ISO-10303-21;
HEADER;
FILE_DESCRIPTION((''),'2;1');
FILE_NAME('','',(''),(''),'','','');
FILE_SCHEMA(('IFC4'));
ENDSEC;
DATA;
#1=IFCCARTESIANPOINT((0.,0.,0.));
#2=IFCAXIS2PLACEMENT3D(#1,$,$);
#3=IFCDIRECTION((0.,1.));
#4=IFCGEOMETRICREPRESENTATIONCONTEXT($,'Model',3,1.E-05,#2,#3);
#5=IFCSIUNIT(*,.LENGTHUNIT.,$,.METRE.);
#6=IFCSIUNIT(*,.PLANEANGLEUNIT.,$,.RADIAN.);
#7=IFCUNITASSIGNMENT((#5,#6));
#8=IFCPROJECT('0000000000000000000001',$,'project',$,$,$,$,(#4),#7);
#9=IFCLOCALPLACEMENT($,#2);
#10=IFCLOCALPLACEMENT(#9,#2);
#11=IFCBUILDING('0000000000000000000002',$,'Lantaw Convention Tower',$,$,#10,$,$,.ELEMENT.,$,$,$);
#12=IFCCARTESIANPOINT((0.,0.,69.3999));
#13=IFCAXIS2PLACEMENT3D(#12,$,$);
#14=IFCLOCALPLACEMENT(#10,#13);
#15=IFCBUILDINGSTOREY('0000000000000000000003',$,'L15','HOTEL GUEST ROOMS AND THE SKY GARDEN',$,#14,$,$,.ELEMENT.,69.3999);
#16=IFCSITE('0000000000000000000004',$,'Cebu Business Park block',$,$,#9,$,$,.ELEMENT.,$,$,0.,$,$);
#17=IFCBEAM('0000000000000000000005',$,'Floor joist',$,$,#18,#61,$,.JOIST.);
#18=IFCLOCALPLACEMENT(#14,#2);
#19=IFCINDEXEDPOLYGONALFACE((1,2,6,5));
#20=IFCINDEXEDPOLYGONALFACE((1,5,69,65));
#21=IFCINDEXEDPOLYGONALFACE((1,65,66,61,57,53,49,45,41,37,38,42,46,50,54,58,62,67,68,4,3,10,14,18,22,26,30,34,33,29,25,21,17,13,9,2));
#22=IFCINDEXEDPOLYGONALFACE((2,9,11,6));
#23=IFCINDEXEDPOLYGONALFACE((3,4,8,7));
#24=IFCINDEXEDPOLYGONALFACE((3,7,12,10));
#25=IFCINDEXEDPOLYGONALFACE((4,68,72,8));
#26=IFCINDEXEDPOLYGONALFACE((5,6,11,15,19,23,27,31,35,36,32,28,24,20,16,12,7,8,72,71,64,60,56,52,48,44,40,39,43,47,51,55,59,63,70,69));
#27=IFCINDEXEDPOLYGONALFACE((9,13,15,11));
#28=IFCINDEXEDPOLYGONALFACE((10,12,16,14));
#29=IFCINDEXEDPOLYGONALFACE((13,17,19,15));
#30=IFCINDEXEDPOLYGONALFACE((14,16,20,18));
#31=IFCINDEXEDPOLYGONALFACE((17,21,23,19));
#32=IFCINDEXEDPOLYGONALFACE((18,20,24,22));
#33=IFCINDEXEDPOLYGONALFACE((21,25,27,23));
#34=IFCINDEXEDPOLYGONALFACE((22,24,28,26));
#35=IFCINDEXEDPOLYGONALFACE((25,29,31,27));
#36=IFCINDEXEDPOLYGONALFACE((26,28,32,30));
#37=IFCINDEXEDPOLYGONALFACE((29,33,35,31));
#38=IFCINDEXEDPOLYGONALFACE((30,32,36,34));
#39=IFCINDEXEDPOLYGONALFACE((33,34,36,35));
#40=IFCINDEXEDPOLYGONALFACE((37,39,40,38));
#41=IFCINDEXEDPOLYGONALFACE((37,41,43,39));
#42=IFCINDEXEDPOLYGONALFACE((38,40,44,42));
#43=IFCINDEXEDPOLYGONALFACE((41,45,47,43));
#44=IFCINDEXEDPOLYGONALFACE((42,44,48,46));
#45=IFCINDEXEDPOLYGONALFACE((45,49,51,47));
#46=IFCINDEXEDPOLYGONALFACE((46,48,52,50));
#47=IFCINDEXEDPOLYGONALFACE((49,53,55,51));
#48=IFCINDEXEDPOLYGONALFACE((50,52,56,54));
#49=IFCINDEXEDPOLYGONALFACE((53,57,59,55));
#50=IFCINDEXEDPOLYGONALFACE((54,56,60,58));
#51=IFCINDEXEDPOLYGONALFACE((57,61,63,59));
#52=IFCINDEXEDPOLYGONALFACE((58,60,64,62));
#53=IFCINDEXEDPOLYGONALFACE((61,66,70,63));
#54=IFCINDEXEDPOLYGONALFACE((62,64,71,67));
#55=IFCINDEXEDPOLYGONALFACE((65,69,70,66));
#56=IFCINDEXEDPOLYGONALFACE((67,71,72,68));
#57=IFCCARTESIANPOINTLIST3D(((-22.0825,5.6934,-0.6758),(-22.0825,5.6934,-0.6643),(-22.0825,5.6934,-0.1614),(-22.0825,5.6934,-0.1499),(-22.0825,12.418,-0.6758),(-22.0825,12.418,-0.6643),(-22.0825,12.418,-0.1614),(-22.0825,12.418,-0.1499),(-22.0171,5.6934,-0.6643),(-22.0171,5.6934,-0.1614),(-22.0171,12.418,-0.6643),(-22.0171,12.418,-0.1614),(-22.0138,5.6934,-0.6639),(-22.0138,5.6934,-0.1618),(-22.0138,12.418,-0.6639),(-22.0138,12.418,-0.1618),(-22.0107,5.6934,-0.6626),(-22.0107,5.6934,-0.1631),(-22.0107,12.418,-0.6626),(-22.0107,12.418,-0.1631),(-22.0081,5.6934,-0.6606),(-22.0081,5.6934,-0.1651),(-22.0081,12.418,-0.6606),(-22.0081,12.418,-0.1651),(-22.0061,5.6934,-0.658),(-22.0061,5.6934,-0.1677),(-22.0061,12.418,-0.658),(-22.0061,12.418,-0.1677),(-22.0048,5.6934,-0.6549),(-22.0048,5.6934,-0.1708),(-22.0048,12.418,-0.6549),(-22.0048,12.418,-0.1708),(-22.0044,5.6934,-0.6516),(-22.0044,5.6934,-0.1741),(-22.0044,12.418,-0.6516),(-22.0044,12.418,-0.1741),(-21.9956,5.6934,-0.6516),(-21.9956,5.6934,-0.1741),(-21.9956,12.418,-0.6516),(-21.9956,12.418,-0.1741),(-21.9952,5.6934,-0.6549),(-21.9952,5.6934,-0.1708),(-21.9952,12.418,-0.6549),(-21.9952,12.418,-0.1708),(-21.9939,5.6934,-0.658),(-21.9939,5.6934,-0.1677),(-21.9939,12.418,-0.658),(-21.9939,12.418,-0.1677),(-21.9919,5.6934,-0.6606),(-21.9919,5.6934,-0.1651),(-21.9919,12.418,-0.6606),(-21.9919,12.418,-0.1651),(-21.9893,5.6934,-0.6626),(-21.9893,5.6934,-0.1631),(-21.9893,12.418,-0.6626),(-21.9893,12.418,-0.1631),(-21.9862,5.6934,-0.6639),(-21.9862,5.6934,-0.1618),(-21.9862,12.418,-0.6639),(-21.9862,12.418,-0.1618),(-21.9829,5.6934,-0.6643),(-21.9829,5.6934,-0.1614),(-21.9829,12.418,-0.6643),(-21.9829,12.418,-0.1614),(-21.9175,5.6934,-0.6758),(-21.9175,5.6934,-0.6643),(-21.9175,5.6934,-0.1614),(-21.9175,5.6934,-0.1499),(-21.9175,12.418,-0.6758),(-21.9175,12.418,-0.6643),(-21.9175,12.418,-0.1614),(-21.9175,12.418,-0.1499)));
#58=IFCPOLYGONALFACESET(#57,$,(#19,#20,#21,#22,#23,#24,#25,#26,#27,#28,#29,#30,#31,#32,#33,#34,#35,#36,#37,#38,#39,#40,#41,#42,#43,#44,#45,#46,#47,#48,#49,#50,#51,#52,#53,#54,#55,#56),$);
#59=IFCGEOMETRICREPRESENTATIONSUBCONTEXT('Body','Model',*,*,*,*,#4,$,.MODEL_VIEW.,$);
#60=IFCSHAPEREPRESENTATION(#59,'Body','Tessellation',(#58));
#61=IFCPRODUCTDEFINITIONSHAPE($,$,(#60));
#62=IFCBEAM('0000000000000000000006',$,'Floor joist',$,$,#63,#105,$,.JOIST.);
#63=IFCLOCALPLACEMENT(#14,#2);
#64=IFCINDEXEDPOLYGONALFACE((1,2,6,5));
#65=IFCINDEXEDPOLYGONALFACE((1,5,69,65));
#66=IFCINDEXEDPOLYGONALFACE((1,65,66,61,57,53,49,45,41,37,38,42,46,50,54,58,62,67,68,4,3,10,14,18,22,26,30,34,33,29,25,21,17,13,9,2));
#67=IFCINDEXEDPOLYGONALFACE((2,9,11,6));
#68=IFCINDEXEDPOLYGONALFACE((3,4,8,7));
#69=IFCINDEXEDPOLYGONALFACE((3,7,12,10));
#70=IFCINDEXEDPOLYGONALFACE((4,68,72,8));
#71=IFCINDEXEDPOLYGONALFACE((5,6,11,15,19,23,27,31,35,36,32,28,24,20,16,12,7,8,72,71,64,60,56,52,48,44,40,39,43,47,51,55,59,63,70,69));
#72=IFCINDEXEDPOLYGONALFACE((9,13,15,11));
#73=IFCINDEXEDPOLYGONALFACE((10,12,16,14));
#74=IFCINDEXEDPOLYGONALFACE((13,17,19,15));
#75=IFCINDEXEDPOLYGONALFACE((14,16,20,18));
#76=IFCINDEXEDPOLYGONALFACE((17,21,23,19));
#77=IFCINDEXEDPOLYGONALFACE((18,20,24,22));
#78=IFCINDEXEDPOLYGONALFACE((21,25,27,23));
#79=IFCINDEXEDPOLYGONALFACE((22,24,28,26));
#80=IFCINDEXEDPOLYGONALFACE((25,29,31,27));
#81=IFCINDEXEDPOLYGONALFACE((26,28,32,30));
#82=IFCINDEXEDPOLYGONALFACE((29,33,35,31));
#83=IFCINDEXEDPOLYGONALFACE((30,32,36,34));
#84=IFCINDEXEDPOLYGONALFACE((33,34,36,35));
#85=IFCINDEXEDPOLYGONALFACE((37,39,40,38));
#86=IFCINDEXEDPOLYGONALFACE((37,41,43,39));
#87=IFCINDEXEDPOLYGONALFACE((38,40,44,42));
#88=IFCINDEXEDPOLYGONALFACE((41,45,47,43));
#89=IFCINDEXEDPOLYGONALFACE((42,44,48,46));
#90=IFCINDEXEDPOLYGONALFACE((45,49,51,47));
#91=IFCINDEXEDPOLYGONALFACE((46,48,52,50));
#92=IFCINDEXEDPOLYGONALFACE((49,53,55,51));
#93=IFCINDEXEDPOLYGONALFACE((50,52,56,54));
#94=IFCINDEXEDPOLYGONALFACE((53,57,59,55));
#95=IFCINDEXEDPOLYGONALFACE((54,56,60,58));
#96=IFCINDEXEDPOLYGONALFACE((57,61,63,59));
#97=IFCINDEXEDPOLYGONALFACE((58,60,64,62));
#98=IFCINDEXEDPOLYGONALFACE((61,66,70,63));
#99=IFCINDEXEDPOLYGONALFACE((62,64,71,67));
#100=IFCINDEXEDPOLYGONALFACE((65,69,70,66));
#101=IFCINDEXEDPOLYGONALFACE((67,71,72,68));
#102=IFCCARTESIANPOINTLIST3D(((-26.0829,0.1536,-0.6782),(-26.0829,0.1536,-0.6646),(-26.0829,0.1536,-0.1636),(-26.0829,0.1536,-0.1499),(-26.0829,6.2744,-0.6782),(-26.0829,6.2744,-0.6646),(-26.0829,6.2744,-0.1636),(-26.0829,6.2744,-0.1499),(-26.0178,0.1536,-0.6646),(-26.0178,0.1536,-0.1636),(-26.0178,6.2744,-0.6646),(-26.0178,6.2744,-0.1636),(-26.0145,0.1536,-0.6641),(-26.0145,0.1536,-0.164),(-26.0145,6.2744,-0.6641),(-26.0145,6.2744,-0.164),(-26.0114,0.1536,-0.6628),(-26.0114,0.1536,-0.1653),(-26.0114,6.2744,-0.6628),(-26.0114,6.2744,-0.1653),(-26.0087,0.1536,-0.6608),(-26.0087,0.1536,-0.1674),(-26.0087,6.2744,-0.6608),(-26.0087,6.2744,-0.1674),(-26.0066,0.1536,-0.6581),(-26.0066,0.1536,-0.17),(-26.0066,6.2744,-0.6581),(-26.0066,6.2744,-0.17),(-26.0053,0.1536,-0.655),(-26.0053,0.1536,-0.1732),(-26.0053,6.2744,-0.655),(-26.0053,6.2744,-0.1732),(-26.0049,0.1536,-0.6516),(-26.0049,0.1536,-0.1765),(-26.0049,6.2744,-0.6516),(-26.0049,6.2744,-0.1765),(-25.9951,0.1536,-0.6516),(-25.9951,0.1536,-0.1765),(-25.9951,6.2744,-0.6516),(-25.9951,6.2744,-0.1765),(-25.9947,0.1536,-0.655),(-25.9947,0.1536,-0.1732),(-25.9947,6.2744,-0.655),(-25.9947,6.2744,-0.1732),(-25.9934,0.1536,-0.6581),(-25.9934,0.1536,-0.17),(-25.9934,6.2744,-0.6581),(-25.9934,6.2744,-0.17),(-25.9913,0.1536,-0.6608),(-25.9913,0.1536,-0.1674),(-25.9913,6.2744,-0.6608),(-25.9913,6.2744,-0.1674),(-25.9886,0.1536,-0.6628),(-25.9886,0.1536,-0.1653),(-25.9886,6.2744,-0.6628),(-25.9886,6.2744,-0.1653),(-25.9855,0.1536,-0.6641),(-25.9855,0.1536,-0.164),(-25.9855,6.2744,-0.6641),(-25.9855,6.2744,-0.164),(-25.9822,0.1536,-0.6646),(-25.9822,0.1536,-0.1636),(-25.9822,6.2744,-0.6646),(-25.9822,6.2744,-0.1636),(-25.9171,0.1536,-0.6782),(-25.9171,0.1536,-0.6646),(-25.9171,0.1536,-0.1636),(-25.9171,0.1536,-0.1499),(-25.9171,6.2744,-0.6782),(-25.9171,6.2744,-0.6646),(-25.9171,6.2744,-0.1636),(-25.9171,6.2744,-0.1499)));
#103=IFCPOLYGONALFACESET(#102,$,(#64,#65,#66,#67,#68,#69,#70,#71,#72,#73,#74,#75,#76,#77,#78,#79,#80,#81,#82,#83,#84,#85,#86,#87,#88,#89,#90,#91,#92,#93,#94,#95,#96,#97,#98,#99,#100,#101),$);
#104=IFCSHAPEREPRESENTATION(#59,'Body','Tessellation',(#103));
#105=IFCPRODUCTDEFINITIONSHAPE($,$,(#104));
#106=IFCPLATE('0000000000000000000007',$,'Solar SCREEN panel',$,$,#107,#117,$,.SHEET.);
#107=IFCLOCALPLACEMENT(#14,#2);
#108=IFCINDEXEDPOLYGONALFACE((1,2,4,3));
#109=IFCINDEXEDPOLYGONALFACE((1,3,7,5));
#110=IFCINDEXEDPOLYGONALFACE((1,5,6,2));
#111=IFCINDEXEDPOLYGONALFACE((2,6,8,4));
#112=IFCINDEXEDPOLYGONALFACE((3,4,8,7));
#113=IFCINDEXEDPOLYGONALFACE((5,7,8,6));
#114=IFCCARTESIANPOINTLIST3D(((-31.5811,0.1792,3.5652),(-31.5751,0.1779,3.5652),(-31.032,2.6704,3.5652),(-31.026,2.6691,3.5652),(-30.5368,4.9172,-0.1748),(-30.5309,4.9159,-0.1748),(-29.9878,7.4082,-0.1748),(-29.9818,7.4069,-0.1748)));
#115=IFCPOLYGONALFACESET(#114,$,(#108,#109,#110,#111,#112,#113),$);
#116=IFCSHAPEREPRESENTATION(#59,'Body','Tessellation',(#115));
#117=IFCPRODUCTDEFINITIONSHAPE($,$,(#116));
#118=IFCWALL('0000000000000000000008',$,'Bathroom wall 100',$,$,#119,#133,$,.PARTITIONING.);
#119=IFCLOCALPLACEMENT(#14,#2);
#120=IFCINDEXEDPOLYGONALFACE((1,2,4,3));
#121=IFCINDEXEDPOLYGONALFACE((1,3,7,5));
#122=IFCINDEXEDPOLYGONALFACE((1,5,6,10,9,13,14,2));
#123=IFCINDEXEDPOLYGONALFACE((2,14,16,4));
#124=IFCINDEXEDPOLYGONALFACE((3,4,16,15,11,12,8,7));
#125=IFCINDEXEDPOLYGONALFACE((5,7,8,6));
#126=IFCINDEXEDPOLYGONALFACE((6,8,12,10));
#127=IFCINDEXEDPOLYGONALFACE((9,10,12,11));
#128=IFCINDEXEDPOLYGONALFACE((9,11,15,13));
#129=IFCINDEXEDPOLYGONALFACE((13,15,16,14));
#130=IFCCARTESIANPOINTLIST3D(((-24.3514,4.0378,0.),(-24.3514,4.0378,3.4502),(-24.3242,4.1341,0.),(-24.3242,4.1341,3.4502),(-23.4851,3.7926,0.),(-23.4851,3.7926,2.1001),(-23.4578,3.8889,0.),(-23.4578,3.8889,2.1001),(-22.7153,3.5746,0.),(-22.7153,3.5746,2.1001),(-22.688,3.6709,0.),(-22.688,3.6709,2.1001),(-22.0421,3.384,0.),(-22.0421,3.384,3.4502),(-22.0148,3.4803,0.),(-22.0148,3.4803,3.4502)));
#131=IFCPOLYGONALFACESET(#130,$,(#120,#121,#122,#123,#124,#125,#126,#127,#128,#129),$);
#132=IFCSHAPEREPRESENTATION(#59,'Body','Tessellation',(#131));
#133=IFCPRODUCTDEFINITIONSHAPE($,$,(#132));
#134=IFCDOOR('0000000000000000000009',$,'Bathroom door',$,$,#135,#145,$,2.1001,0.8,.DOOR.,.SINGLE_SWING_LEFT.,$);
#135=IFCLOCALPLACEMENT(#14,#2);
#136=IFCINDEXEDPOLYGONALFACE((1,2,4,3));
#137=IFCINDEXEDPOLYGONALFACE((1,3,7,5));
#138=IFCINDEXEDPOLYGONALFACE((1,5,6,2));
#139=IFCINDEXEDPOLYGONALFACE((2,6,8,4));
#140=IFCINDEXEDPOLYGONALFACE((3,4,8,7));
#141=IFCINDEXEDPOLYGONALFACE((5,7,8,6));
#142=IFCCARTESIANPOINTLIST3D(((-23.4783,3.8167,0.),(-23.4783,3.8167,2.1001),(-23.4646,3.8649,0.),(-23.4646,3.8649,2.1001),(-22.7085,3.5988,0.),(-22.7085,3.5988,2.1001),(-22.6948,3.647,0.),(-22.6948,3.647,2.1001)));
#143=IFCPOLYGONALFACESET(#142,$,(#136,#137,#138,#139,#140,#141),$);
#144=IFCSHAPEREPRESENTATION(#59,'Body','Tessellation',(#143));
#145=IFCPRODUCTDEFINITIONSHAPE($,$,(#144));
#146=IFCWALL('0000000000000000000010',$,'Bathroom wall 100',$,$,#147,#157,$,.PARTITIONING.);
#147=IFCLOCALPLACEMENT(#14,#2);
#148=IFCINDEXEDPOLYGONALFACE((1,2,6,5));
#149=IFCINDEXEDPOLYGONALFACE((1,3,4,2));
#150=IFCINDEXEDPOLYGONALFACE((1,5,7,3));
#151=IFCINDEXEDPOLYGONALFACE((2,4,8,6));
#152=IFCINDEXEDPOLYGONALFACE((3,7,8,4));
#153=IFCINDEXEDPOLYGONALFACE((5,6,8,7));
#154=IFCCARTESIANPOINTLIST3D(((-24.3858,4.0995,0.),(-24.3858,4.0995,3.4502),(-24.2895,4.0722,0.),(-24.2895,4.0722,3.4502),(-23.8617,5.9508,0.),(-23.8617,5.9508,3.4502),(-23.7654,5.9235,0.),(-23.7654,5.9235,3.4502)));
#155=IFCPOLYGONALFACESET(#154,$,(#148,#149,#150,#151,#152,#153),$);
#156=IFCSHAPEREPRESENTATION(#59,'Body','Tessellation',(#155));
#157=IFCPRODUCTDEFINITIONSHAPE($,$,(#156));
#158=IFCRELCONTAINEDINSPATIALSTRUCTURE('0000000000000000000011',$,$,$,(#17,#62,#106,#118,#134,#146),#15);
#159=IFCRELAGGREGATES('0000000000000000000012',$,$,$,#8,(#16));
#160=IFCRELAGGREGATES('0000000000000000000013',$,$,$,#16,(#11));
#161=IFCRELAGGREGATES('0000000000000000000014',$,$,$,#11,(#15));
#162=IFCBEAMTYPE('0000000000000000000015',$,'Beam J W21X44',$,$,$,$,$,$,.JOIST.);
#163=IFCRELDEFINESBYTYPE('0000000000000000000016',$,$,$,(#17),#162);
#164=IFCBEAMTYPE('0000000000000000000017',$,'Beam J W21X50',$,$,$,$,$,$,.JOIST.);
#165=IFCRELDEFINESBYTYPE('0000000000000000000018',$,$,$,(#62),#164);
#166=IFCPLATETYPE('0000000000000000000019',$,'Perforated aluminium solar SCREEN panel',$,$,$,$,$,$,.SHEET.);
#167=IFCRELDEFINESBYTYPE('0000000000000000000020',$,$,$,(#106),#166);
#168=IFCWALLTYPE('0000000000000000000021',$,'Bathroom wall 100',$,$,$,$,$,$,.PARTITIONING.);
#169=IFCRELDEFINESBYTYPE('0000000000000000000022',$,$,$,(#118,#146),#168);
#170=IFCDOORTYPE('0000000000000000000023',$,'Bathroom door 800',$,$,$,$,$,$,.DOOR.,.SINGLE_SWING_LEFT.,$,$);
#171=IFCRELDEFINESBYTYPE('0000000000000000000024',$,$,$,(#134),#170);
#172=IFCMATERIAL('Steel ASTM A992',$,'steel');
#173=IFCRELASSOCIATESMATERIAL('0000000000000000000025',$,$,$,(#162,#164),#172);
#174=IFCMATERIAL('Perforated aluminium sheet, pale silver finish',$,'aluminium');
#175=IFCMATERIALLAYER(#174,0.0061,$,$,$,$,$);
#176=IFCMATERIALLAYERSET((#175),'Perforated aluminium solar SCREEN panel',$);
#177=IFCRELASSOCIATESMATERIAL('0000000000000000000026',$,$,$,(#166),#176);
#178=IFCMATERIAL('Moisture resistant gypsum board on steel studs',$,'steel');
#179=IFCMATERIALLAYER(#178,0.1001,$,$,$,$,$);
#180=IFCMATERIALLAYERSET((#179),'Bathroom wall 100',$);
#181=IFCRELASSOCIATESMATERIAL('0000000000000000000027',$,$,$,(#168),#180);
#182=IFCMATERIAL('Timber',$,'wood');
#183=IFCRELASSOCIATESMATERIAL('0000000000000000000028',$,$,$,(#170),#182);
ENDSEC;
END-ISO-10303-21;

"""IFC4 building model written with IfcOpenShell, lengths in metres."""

from ifc_helpers import new_model, si_unit, direction, frame, frame_2d, origin, origin_2d, place, context, subcontext, project, spatial, polyline, rectangle, i_section, outline, extrude, material, layer, layer_set, material_profile, profile_set, type_object, element, fill, save


model = new_model("IFC4")

# Units and contexts
model_context = context("Model", 3, precision=1e-05, world=origin(), true_north=direction((0.0, 1.0)))
body_context = subcontext(model_context, "Body", "Model", "MODEL_VIEW")
ifc_project = project(units=[si_unit("LENGTHUNIT", "METRE"), si_unit("PLANEANGLEUNIT", "RADIAN")], contexts=[model_context])

# Site, building, storey
site_placement = place(None, origin())
site = spatial("IfcSite", under=ifc_project, at=site_placement, Name="Cebu Business Park block", CompositionType="ELEMENT", RefElevation=0.0)
building_placement = place(site_placement, origin())
building = spatial("IfcBuilding", under=site, at=building_placement, Name="Lantaw Convention Tower", CompositionType="ELEMENT")
storey_placement = place(building_placement, frame((0.0, 0.0, 69.3999)))
storey = spatial("IfcBuildingStorey", under=building, at=storey_placement, Name="L15", Description="HOTEL GUEST ROOMS AND THE SKY GARDEN", CompositionType="ELEMENT", Elevation=69.3999)

# Beams
ifc_material_1 = material(Name="Steel ASTM A992", Category="steel")
ifc_material_profile_1 = material_profile(ifc_material_1, i_section(OverallWidth=0.165, OverallDepth=0.5259, WebThickness=0.0088, FlangeThickness=0.0115, FilletRadius=0.0127, at=origin_2d()), Name="W21X44")
ifc_profile_set_1 = profile_set([ifc_material_profile_1], Name="Steel ASTM A992")
beam_type_1 = type_object("IfcBeamType", Name="Beam J W21X44", PredefinedType="JOIST", material=ifc_profile_set_1)
beam_1_placement = place(storey_placement, frame((-22.0, 5.6934, -0.4128), z_axis=(0.0, 1.0, 0.0), x_axis=(-1.0, 0.0, 0.0)))
element("IfcBeam", 1, at=beam_1_placement, inside=storey, type_object=beam_type_1, Name="Floor joist", PredefinedType="JOIST", context=body_context, shape_type="SweptSolid", body=[
    extrude(i_section(OverallWidth=0.165, OverallDepth=0.5259, WebThickness=0.0088, FlangeThickness=0.0115, FilletRadius=0.0127, at=origin_2d()), origin(), (0.0, 0.0, 1.0), 6.7246),
])
ifc_material_profile_2 = material_profile(ifc_material_1, i_section(OverallWidth=0.1658, OverallDepth=0.5283, WebThickness=0.0098, FlangeThickness=0.0137, FilletRadius=0.0129, at=origin_2d()), Name="W21X50")
ifc_profile_set_2 = profile_set([ifc_material_profile_2], Name="Steel ASTM A992")
beam_type_2 = type_object("IfcBeamType", Name="Beam J W21X50", PredefinedType="JOIST", material=ifc_profile_set_2)
beam_2_placement = place(storey_placement, frame((-26.0, 0.1536, -0.4141), z_axis=(0.0, 1.0, 0.0), x_axis=(-1.0, 0.0, 0.0)))
element("IfcBeam", 2, at=beam_2_placement, inside=storey, type_object=beam_type_2, Name="Floor joist", PredefinedType="JOIST", context=body_context, shape_type="SweptSolid", body=[
    extrude(i_section(OverallWidth=0.1658, OverallDepth=0.5283, WebThickness=0.0098, FlangeThickness=0.0137, FilletRadius=0.0129, at=origin_2d()), origin(), (0.0, 0.0, 1.0), 6.1208),
])

# Plate
ifc_material_2 = material(Name="Perforated aluminium sheet, pale silver finish", Category="aluminium")
ifc_layer_1 = layer(ifc_material_2, 0.0061)
ifc_layer_set_1 = layer_set([ifc_layer_1], Name="Perforated aluminium solar SCREEN panel")
plate_type = type_object("IfcPlateType", Name="Perforated aluminium solar SCREEN panel", PredefinedType="SHEET", material=ifc_layer_set_1)
plate_placement = place(storey_placement, frame((-29.9878, 7.4082, -0.1748), z_axis=(-0.976559, 0.215248, 0.00003), x_axis=(-0.215248, -0.976559, 0.0)))
element("IfcPlate", 3, at=plate_placement, inside=storey, type_object=plate_type, Name="Solar SCREEN panel", PredefinedType="SHEET", context=body_context, shape_type="SweptSolid", body=[
    extrude(outline(polyline([(0.0, 0.0), (2.5508, 0.0), (7.4025, 3.74), (4.8515, 3.74), (0.0, 0.0)])), origin(), (0.0, 0.0, -1.0), 0.0061),
])

# Wall, opening, door
ifc_material_3 = material(Name="Moisture resistant gypsum board on steel studs", Category="steel")
ifc_layer_2 = layer(ifc_material_3, 0.1001)
ifc_layer_set_2 = layer_set([ifc_layer_2], Name="Bathroom wall 100")
wall_type_1 = type_object("IfcWallType", Name="Bathroom wall 100", PredefinedType="PARTITIONING", material=ifc_layer_set_2)
wall_1_placement = place(storey_placement, frame((-22.0283, 3.4321, 0.0), z_axis=(0.0, 0.0, 1.0), x_axis=(-0.962181, 0.27241, 0.0)))
wall_1 = element("IfcWall", 4, at=wall_1_placement, inside=storey, type_object=wall_type_1, Name="Bathroom wall 100", PredefinedType="PARTITIONING", context=body_context, shape_type="SweptSolid", body=[
    extrude(rectangle(XDim=2.4001, YDim=0.1001, at=frame_2d((1.2002, 0.0))), origin(), (0.0, 0.0, 1.0), 3.4502),
])
opening_1_placement = place(wall_1_placement, frame((0.7, 0.0, 0.0)))
opening_1 = element("IfcOpeningElement", 5, at=opening_1_placement, cuts=wall_1, PredefinedType="OPENING", context=body_context, shape_type="SweptSolid", body=[
    extrude(rectangle(XDim=0.8, YDim=2.1001, at=frame_2d((0.3999, 1.05))), frame((0.0, 0.0601, 0.0), z_axis=(0.0, -1.0, 0.0), x_axis=(1.0, 0.0, 0.0)), (0.0, 0.0, 1.0), 0.1201),
])
ifc_material_4 = material(Name="Timber", Category="wood")
door_type_1 = type_object("IfcDoorType", Name="Bathroom door 800", OperationType="SINGLE_SWING_LEFT", PredefinedType="DOOR", material=ifc_material_4)
door_1_placement = place(opening_1_placement, origin())
door_1 = element("IfcDoor", 6, at=door_1_placement, inside=storey, type_object=door_type_1, Name="Bathroom door", OperationType="SINGLE_SWING_LEFT", OverallHeight=2.1001, OverallWidth=0.8, PredefinedType="DOOR", context=body_context, shape_type="SweptSolid", body=[
    extrude(rectangle(XDim=0.8, YDim=2.1001, at=frame_2d((0.3999, 1.05))), frame((0.0, 0.0249, 0.0), z_axis=(0.0, -1.0, 0.0), x_axis=(1.0, 0.0, 0.0)), (0.0, 0.0, 1.0), 0.05),
])
fill(opening_1, door_1)

# Wall
wall_2_placement = place(storey_placement, frame((-24.3376, 4.0859, 0.0), z_axis=(0.0, 0.0, 1.0), x_axis=(0.272424, 0.962177, 0.0)))
element("IfcWall", 7, at=wall_2_placement, inside=storey, type_object=wall_type_1, Name="Bathroom wall 100", PredefinedType="PARTITIONING", context=body_context, shape_type="SweptSolid", body=[
    extrude(rectangle(XDim=1.9241, YDim=0.1001, at=frame_2d((0.9619, 0.0))), origin(), (0.0, 0.0, 1.0), 3.4502),
])

save(model, "model.ifc")
